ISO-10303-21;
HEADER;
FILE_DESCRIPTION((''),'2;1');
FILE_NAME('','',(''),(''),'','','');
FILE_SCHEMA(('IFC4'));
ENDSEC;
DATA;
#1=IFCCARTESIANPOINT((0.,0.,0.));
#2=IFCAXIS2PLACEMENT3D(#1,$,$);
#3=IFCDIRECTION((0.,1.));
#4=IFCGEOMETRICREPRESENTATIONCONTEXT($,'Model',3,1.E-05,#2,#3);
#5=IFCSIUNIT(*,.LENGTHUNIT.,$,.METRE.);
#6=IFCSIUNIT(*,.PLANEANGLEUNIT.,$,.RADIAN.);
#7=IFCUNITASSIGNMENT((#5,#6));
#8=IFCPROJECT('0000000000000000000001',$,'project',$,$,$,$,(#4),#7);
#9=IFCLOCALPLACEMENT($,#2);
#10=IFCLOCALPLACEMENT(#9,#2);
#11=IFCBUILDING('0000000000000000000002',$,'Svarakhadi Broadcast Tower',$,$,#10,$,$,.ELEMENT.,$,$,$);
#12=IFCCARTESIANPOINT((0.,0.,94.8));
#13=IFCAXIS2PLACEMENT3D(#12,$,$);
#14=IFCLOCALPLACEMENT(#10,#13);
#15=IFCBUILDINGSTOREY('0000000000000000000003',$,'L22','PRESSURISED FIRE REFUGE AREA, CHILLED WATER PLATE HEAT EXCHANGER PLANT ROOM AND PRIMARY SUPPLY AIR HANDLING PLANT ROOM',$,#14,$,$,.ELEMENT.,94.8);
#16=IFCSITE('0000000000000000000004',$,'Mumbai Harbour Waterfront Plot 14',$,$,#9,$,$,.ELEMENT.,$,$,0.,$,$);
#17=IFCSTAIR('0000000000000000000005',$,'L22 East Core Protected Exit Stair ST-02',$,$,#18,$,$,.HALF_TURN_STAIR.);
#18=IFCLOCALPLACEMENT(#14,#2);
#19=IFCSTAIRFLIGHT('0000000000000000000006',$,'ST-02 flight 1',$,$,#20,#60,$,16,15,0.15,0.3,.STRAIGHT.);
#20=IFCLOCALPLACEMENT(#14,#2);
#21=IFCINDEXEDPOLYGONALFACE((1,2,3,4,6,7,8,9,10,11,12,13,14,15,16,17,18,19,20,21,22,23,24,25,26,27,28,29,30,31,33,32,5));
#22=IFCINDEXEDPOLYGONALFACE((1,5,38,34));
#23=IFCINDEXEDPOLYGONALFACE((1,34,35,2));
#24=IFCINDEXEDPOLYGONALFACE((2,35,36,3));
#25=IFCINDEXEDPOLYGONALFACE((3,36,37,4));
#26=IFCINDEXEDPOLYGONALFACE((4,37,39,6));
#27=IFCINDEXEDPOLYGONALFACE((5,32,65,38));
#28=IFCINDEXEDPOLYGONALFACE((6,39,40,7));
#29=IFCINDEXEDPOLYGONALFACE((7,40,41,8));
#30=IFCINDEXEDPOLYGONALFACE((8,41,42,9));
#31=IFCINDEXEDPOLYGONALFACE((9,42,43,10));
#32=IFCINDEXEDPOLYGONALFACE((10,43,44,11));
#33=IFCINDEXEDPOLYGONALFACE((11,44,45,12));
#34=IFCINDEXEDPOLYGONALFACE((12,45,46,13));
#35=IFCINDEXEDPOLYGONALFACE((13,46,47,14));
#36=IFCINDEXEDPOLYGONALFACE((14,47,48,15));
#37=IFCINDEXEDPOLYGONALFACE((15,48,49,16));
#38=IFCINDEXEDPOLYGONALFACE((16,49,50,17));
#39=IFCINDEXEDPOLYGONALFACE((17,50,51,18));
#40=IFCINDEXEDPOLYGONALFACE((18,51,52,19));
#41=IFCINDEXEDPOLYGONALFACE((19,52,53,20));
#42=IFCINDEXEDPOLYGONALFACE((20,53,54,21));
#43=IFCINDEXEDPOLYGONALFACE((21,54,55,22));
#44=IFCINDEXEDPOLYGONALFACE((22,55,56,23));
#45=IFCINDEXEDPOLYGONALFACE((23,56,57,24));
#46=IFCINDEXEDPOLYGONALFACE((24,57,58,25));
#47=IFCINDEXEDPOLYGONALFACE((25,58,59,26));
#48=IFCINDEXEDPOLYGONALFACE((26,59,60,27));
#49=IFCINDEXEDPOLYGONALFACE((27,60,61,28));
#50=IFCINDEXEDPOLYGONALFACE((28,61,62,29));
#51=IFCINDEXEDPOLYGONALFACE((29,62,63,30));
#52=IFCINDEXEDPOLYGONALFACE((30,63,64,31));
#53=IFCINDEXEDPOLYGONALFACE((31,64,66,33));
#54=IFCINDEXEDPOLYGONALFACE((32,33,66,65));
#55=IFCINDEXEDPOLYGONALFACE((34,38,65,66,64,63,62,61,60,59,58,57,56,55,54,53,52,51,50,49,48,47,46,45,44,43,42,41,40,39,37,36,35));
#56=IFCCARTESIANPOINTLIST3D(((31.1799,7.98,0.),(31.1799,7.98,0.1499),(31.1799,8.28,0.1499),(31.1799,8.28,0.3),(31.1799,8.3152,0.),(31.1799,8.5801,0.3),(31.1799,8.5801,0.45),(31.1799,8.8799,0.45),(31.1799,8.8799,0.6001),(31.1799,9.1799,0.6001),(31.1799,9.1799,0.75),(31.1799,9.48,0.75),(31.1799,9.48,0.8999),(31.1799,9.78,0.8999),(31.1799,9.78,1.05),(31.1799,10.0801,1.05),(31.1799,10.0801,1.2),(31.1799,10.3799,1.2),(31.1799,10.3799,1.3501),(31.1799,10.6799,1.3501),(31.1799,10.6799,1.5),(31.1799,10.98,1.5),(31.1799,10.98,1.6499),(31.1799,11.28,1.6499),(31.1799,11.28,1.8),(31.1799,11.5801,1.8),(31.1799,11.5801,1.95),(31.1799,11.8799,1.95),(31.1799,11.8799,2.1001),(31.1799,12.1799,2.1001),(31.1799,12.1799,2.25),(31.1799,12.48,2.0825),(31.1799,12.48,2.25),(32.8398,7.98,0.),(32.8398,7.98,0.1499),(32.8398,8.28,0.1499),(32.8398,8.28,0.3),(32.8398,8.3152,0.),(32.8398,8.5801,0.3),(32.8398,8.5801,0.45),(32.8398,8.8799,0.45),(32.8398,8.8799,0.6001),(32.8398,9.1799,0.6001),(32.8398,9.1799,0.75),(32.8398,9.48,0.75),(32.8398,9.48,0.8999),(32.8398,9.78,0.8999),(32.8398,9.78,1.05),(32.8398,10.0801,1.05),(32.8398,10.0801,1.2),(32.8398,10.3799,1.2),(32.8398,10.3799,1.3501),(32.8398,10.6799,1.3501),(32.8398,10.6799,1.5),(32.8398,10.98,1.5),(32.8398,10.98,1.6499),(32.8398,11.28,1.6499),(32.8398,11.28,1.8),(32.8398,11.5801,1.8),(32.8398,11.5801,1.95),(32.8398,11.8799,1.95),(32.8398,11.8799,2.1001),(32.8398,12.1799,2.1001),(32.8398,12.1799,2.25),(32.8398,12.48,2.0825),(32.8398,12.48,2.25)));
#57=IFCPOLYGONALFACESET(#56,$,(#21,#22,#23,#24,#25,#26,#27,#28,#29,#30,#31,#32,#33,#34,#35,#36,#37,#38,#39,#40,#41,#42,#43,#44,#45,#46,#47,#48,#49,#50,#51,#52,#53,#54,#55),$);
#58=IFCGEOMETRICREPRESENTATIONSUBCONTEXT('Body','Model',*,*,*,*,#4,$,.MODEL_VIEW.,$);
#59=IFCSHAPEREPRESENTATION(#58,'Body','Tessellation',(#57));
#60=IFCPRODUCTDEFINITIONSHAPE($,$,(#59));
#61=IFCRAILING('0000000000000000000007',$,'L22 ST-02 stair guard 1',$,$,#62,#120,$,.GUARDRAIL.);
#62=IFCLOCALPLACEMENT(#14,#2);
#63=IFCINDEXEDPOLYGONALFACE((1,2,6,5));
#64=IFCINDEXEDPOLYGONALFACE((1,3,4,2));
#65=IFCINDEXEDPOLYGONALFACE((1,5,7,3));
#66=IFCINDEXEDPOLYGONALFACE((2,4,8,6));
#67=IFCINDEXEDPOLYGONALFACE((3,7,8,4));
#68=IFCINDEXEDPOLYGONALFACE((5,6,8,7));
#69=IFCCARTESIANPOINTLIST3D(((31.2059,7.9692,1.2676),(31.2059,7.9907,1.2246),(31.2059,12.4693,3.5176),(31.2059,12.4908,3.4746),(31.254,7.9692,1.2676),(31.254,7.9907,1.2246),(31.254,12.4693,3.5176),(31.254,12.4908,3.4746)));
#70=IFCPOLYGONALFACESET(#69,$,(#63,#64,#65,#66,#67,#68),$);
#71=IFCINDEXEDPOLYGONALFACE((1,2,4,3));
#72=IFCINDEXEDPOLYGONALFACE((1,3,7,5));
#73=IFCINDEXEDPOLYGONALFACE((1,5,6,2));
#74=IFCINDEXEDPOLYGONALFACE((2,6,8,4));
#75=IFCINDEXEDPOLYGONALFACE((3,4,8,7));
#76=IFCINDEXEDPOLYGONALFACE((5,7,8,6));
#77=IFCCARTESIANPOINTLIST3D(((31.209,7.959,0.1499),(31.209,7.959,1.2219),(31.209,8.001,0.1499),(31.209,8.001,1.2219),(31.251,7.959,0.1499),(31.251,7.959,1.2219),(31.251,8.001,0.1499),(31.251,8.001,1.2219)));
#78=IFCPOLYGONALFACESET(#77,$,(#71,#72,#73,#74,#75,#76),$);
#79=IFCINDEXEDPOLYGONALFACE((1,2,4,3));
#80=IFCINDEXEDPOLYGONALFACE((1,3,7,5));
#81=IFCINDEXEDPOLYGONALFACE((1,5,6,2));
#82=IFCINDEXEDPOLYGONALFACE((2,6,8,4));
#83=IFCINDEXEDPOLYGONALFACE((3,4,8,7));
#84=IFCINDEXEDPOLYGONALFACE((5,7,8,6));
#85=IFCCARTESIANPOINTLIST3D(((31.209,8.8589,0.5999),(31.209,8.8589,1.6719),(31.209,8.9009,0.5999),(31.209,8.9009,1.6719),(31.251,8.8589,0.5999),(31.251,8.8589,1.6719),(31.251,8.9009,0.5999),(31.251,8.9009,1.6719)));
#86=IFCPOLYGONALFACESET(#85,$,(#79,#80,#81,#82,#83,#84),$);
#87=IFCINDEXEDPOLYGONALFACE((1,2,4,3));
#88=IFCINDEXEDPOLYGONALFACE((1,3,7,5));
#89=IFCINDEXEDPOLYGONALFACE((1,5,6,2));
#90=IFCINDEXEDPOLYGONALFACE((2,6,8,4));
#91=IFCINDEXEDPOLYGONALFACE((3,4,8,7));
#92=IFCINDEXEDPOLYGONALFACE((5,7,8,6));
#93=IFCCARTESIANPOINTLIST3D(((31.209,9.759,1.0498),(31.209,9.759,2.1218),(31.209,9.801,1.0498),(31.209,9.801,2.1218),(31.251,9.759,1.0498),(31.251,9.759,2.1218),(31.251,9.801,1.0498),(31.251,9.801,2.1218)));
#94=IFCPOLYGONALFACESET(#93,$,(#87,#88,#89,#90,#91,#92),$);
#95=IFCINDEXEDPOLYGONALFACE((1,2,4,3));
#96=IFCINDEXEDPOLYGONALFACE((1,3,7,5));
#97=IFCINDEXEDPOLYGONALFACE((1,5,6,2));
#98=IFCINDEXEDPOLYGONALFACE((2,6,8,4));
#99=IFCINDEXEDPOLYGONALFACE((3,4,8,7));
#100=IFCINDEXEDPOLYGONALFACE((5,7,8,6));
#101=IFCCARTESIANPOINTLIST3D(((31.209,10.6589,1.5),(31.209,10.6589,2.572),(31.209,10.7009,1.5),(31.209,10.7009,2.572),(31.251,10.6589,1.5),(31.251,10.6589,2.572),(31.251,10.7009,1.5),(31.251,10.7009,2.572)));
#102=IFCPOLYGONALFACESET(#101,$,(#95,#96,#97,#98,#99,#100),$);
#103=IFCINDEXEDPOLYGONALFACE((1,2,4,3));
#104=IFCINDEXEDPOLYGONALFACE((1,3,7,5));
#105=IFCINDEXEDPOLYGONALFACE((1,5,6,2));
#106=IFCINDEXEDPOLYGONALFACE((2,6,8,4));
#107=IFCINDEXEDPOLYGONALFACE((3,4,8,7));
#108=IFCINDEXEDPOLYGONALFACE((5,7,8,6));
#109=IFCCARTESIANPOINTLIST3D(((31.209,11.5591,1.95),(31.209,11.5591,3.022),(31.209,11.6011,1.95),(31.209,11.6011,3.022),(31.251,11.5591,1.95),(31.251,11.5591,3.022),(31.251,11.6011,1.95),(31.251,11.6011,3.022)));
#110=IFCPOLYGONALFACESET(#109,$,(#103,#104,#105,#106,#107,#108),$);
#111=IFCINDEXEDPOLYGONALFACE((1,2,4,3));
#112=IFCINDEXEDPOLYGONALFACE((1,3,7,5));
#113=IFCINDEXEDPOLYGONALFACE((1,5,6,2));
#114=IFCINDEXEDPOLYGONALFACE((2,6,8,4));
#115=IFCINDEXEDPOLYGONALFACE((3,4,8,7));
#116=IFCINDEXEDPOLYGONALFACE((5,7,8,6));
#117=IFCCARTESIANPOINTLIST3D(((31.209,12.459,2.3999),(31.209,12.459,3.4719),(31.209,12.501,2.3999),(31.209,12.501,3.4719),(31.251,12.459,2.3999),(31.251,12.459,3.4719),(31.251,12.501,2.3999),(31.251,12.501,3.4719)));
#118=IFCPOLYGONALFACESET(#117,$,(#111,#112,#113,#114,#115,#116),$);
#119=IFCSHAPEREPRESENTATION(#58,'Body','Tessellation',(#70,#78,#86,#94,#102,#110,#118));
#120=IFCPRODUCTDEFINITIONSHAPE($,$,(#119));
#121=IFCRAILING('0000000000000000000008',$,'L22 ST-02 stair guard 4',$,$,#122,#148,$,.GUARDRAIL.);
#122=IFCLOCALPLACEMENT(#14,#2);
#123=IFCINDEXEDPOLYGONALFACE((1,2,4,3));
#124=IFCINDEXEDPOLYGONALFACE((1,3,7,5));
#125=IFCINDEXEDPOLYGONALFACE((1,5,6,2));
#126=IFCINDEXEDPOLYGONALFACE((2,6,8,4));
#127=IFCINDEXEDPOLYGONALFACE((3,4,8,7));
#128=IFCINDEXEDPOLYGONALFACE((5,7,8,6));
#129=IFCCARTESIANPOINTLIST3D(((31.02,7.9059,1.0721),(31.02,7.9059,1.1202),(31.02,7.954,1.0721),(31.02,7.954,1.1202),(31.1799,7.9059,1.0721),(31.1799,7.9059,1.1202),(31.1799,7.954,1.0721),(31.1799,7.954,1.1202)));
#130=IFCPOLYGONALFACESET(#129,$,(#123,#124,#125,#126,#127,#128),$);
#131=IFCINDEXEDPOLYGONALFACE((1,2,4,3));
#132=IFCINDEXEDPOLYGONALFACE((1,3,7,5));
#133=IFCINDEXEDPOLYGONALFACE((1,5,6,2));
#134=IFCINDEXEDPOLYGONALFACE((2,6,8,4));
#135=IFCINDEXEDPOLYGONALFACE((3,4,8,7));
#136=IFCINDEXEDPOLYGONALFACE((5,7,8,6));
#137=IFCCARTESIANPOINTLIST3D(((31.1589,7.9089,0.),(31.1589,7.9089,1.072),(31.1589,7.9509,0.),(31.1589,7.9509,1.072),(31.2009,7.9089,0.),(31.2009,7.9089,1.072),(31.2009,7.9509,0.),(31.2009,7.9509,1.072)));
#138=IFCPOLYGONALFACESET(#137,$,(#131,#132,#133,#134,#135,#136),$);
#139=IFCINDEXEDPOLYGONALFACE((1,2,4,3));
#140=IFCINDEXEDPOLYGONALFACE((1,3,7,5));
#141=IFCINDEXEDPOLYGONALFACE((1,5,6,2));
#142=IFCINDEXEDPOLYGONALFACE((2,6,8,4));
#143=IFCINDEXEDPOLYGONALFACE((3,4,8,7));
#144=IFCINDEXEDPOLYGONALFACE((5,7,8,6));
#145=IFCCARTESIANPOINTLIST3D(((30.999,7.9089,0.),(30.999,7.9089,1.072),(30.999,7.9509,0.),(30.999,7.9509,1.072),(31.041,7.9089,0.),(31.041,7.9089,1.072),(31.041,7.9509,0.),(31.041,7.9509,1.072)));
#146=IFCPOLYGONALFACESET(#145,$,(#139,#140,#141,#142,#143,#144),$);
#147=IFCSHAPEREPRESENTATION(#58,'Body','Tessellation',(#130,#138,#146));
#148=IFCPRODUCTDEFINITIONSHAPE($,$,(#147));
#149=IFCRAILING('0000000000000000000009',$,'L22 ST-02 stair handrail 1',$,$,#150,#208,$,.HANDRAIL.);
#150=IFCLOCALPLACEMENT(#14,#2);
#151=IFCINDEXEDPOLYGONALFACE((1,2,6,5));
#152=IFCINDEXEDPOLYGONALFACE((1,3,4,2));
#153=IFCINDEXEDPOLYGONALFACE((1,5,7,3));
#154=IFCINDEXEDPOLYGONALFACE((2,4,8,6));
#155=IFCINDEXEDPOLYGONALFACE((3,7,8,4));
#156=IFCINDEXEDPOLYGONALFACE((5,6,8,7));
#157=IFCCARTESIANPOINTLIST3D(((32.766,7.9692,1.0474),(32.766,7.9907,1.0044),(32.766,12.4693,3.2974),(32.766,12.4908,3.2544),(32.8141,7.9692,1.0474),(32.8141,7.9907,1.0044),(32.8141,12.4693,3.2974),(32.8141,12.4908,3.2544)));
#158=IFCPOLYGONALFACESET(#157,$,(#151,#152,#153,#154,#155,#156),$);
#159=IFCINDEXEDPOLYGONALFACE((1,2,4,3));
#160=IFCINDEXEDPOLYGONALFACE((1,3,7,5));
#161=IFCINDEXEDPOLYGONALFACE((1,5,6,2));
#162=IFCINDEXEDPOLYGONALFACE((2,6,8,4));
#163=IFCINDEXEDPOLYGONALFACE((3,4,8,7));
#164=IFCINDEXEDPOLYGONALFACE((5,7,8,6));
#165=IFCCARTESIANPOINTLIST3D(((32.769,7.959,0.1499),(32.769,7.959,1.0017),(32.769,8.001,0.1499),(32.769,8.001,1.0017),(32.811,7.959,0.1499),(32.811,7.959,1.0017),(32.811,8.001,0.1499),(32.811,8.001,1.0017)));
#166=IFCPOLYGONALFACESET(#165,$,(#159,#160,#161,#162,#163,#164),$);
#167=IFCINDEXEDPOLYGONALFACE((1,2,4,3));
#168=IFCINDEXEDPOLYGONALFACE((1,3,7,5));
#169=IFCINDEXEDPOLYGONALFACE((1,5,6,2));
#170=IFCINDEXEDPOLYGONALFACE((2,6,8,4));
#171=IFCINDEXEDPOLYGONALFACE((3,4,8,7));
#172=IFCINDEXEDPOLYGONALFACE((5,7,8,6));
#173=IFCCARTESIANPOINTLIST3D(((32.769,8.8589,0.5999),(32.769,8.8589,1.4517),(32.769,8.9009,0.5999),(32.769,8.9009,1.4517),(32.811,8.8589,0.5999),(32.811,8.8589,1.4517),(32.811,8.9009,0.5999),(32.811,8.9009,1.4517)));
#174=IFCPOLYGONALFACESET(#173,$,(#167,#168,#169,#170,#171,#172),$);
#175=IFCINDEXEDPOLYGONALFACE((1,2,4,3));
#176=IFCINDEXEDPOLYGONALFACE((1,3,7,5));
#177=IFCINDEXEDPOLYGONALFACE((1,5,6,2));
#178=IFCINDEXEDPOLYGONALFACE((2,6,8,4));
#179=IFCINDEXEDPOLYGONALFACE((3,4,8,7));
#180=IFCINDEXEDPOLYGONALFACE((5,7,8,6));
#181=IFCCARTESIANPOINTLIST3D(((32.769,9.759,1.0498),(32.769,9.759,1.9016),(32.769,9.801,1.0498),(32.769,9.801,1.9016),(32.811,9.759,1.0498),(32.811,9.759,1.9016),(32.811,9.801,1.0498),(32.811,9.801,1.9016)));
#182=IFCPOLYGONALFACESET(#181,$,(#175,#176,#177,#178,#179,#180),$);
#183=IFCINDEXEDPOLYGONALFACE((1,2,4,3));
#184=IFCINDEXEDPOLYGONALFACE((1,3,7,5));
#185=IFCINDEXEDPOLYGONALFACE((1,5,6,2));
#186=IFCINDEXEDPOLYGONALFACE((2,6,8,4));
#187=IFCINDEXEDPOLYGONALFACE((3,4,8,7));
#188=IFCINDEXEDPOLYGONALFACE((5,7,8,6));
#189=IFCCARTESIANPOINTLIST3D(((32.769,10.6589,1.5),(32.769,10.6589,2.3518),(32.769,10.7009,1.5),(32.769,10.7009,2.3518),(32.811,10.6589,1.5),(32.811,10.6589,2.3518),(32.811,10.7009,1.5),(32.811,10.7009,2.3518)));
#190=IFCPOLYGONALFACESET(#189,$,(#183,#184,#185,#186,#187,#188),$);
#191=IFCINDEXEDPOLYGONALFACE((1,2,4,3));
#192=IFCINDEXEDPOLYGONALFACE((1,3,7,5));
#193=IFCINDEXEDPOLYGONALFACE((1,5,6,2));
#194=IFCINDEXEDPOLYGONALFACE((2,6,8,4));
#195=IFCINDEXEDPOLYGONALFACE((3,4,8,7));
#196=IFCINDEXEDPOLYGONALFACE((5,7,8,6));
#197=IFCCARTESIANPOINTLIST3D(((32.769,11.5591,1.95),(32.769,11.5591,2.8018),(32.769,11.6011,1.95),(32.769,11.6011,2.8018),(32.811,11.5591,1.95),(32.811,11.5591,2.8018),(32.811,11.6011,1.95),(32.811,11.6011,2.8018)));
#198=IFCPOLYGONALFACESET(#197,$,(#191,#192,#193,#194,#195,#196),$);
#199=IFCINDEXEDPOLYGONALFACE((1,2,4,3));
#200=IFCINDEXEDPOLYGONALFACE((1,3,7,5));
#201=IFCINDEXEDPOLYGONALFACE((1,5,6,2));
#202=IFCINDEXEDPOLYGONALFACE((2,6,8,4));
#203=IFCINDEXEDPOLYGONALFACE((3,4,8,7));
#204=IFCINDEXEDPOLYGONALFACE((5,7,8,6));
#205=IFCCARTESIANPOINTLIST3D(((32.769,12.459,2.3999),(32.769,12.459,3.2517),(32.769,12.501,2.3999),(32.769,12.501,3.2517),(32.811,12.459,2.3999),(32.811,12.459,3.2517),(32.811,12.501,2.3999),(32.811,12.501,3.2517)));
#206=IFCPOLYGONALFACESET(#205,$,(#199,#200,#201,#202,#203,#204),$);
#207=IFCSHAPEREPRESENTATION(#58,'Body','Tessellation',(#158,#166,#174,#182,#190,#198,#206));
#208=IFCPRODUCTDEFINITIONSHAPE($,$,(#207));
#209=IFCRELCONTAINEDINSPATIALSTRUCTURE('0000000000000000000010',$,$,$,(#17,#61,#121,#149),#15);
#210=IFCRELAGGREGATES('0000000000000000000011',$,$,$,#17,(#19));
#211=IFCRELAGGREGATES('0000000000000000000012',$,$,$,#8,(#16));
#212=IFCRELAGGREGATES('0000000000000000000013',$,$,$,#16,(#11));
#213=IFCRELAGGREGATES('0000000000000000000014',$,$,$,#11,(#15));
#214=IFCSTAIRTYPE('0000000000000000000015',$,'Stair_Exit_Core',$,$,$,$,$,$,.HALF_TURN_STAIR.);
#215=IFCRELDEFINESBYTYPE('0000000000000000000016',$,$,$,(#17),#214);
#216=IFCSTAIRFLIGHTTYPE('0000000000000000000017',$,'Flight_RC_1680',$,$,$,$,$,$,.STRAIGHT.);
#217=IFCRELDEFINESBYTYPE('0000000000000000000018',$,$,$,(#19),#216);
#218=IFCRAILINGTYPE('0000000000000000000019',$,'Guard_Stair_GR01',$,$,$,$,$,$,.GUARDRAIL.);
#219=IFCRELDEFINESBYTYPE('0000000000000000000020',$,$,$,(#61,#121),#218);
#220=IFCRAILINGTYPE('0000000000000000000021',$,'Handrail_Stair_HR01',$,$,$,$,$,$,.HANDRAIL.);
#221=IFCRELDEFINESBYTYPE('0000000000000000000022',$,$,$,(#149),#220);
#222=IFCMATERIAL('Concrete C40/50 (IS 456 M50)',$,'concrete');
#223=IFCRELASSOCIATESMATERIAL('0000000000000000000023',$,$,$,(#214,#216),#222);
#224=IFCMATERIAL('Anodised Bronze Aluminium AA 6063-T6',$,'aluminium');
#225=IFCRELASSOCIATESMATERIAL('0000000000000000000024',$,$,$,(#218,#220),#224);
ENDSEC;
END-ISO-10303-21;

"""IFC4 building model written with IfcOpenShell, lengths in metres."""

from ifc_helpers import new_model, si_unit, direction, frame, origin, origin_2d, place, context, subcontext, project, spatial, polyline, rectangle, outline, extrude, material, type_object, element, aggregate, save


model = new_model("IFC4")

# Units and contexts
model_context = context("Model", 3, precision=1e-05, world=origin(), true_north=direction((0.0, 1.0)))
body_context = subcontext(model_context, "Body", "Model", "MODEL_VIEW")
ifc_project = project(units=[si_unit("LENGTHUNIT", "METRE"), si_unit("PLANEANGLEUNIT", "RADIAN")], contexts=[model_context])

# Site, building, storey
site_placement = place(None, origin())
site = spatial("IfcSite", under=ifc_project, at=site_placement, Name="Mumbai Harbour Waterfront Plot 14", CompositionType="ELEMENT", RefElevation=0.0)
building_placement = place(site_placement, origin())
building = spatial("IfcBuilding", under=site, at=building_placement, Name="Svarakhadi Broadcast Tower", CompositionType="ELEMENT")
storey_placement = place(building_placement, frame((0.0, 0.0, 94.8)))
storey = spatial("IfcBuildingStorey", under=building, at=storey_placement, Name="L22", Description="PRESSURISED FIRE REFUGE AREA, CHILLED WATER PLATE HEAT EXCHANGER PLANT ROOM AND PRIMARY SUPPLY AIR HANDLING PLANT ROOM", CompositionType="ELEMENT", Elevation=94.8)

# Stair, stair flight
ifc_material_1 = material(Name="Concrete C40/50 (IS 456 M50)", Category="concrete")
stair_type = type_object("IfcStairType", Name="Stair_Exit_Core", PredefinedType="HALF_TURN_STAIR", material=ifc_material_1)
stair_placement = place(storey_placement, origin())
stair = element("IfcStair", 1, at=stair_placement, inside=storey, type_object=stair_type, Name="L22 East Core Protected Exit Stair ST-02", PredefinedType="HALF_TURN_STAIR")
stair_flight_type = type_object("IfcStairFlightType", Name="Flight_RC_1680", PredefinedType="STRAIGHT", material=ifc_material_1)
stair_flight_placement = place(storey_placement, frame((32.01, 7.98, 0.0), z_axis=(0.0, 0.0, 1.0), x_axis=(0.0, 1.0, 0.0)))
stair_flight = element("IfcStairFlight", 2, at=stair_flight_placement, type_object=stair_flight_type, Name="ST-02 flight 1", NumberOfRisers=16, NumberOfTreads=15, PredefinedType="STRAIGHT", RiserHeight=0.15, TreadLength=0.3, context=body_context, shape_type="SweptSolid", body=[
    extrude(outline(polyline([(0.0, 0.0), (0.0, 0.1499), (0.3, 0.1499), (0.3, 0.3), (0.6001, 0.3), (0.6001, 0.45), (0.8999, 0.45), (0.8999, 0.6001), (1.2, 0.6001), (1.2, 0.75), (1.5, 0.75), (1.5, 0.8999), (1.8, 0.8999), (1.8, 1.05), (2.1001, 1.05), (2.1001, 1.2), (2.3999, 1.2), (2.3999, 1.3501), (2.7, 1.3501), (2.7, 1.5), (3.0, 1.5), (3.0, 1.6499), (3.3, 1.6499), (3.3, 1.8), (3.6001, 1.8), (3.6001, 1.95), (3.8999, 1.95), (3.8999, 2.1001), (4.2, 2.1001), (4.2, 2.25), (4.5, 2.25), (4.5, 2.3999), (4.5, 2.0825), (0.3352, 0.0), (0.0, 0.0)])), frame((0.0, 0.8301, 0.0), z_axis=(0.0, -1.0, 0.0), x_axis=(1.0, 0.0, 0.0)), (0.0, 0.0, 1.0), 1.6599),
])
aggregate(stair, [stair_flight])

# Railings
ifc_material_2 = material(Name="Anodised Bronze Aluminium AA 6063-T6", Category="aluminium")
railing_type_1 = type_object("IfcRailingType", Name="Guard_Stair_GR01", PredefinedType="GUARDRAIL", material=ifc_material_2)
railing_1_placement = place(storey_placement, frame((31.23, 7.98, 0.1499)))
element("IfcRailing", 3, at=railing_1_placement, inside=storey, type_object=railing_type_1, Name="L22 ST-02 stair guard 1", PredefinedType="GUARDRAIL", context=body_context, shape_type="SweptSolid", body=[
    extrude(rectangle(XDim=0.0481, YDim=0.0481, at=origin_2d()), frame((0.0, 0.0, 1.0962), z_axis=(0.0, 0.894427, 0.447214), x_axis=(-1.0, 0.0, 0.0)), (0.0, 0.0, 1.0), 5.0312),
    extrude(rectangle(XDim=0.042, YDim=0.042, at=origin_2d()), origin(), (0.0, 0.0, 1.0), 1.072),
    extrude(rectangle(XDim=0.042, YDim=0.042, at=origin_2d()), frame((0.0, 0.8999, 0.45)), (0.0, 0.0, 1.0), 1.072),
    extrude(rectangle(XDim=0.042, YDim=0.042, at=origin_2d()), frame((0.0, 1.8, 0.8999)), (0.0, 0.0, 1.0), 1.072),
    extrude(rectangle(XDim=0.042, YDim=0.042, at=origin_2d()), frame((0.0, 2.7, 1.3501)), (0.0, 0.0, 1.0), 1.072),
    extrude(rectangle(XDim=0.042, YDim=0.042, at=origin_2d()), frame((0.0, 3.6001, 1.8)), (0.0, 0.0, 1.0), 1.072),
    extrude(rectangle(XDim=0.042, YDim=0.042, at=origin_2d()), frame((0.0, 4.5, 2.25)), (0.0, 0.0, 1.0), 1.072),
])
railing_2_placement = place(storey_placement, frame((31.1799, 7.9299, 0.0)))
element("IfcRailing", 4, at=railing_2_placement, inside=storey, type_object=railing_type_1, Name="L22 ST-02 stair guard 4", PredefinedType="GUARDRAIL", context=body_context, shape_type="SweptSolid", body=[
    extrude(rectangle(XDim=0.0481, YDim=0.0481, at=origin_2d()), frame((0.0, 0.0, 1.0962), z_axis=(-1.0, 0.0, 0.0), x_axis=(0.0, -1.0, 0.0)), (0.0, 0.0, 1.0), 0.1599),
    extrude(rectangle(XDim=0.042, YDim=0.042, at=origin_2d()), origin(), (0.0, 0.0, 1.0), 1.072),
    extrude(rectangle(XDim=0.042, YDim=0.042, at=origin_2d()), frame((-0.1599, 0.0, 0.0)), (0.0, 0.0, 1.0), 1.072),
])
railing_type_2 = type_object("IfcRailingType", Name="Handrail_Stair_HR01", PredefinedType="HANDRAIL", material=ifc_material_2)
railing_3_placement = place(storey_placement, frame((32.79, 7.98, 0.1499)))
element("IfcRailing", 5, at=railing_3_placement, inside=storey, type_object=railing_type_2, Name="L22 ST-02 stair handrail 1", PredefinedType="HANDRAIL", context=body_context, shape_type="SweptSolid", body=[
    extrude(rectangle(XDim=0.0481, YDim=0.0481, at=origin_2d()), frame((0.0, 0.0, 0.876), z_axis=(0.0, 0.894427, 0.447214), x_axis=(-1.0, 0.0, 0.0)), (0.0, 0.0, 1.0), 5.0312),
    extrude(rectangle(XDim=0.042, YDim=0.042, at=origin_2d()), origin(), (0.0, 0.0, 1.0), 0.8518),
    extrude(rectangle(XDim=0.042, YDim=0.042, at=origin_2d()), frame((0.0, 0.8999, 0.45)), (0.0, 0.0, 1.0), 0.8518),
    extrude(rectangle(XDim=0.042, YDim=0.042, at=origin_2d()), frame((0.0, 1.8, 0.8999)), (0.0, 0.0, 1.0), 0.8518),
    extrude(rectangle(XDim=0.042, YDim=0.042, at=origin_2d()), frame((0.0, 2.7, 1.3501)), (0.0, 0.0, 1.0), 0.8518),
    extrude(rectangle(XDim=0.042, YDim=0.042, at=origin_2d()), frame((0.0, 3.6001, 1.8)), (0.0, 0.0, 1.0), 0.8518),
    extrude(rectangle(XDim=0.042, YDim=0.042, at=origin_2d()), frame((0.0, 4.5, 2.25)), (0.0, 0.0, 1.0), 0.8518),
])

save(model, "model.ifc")
